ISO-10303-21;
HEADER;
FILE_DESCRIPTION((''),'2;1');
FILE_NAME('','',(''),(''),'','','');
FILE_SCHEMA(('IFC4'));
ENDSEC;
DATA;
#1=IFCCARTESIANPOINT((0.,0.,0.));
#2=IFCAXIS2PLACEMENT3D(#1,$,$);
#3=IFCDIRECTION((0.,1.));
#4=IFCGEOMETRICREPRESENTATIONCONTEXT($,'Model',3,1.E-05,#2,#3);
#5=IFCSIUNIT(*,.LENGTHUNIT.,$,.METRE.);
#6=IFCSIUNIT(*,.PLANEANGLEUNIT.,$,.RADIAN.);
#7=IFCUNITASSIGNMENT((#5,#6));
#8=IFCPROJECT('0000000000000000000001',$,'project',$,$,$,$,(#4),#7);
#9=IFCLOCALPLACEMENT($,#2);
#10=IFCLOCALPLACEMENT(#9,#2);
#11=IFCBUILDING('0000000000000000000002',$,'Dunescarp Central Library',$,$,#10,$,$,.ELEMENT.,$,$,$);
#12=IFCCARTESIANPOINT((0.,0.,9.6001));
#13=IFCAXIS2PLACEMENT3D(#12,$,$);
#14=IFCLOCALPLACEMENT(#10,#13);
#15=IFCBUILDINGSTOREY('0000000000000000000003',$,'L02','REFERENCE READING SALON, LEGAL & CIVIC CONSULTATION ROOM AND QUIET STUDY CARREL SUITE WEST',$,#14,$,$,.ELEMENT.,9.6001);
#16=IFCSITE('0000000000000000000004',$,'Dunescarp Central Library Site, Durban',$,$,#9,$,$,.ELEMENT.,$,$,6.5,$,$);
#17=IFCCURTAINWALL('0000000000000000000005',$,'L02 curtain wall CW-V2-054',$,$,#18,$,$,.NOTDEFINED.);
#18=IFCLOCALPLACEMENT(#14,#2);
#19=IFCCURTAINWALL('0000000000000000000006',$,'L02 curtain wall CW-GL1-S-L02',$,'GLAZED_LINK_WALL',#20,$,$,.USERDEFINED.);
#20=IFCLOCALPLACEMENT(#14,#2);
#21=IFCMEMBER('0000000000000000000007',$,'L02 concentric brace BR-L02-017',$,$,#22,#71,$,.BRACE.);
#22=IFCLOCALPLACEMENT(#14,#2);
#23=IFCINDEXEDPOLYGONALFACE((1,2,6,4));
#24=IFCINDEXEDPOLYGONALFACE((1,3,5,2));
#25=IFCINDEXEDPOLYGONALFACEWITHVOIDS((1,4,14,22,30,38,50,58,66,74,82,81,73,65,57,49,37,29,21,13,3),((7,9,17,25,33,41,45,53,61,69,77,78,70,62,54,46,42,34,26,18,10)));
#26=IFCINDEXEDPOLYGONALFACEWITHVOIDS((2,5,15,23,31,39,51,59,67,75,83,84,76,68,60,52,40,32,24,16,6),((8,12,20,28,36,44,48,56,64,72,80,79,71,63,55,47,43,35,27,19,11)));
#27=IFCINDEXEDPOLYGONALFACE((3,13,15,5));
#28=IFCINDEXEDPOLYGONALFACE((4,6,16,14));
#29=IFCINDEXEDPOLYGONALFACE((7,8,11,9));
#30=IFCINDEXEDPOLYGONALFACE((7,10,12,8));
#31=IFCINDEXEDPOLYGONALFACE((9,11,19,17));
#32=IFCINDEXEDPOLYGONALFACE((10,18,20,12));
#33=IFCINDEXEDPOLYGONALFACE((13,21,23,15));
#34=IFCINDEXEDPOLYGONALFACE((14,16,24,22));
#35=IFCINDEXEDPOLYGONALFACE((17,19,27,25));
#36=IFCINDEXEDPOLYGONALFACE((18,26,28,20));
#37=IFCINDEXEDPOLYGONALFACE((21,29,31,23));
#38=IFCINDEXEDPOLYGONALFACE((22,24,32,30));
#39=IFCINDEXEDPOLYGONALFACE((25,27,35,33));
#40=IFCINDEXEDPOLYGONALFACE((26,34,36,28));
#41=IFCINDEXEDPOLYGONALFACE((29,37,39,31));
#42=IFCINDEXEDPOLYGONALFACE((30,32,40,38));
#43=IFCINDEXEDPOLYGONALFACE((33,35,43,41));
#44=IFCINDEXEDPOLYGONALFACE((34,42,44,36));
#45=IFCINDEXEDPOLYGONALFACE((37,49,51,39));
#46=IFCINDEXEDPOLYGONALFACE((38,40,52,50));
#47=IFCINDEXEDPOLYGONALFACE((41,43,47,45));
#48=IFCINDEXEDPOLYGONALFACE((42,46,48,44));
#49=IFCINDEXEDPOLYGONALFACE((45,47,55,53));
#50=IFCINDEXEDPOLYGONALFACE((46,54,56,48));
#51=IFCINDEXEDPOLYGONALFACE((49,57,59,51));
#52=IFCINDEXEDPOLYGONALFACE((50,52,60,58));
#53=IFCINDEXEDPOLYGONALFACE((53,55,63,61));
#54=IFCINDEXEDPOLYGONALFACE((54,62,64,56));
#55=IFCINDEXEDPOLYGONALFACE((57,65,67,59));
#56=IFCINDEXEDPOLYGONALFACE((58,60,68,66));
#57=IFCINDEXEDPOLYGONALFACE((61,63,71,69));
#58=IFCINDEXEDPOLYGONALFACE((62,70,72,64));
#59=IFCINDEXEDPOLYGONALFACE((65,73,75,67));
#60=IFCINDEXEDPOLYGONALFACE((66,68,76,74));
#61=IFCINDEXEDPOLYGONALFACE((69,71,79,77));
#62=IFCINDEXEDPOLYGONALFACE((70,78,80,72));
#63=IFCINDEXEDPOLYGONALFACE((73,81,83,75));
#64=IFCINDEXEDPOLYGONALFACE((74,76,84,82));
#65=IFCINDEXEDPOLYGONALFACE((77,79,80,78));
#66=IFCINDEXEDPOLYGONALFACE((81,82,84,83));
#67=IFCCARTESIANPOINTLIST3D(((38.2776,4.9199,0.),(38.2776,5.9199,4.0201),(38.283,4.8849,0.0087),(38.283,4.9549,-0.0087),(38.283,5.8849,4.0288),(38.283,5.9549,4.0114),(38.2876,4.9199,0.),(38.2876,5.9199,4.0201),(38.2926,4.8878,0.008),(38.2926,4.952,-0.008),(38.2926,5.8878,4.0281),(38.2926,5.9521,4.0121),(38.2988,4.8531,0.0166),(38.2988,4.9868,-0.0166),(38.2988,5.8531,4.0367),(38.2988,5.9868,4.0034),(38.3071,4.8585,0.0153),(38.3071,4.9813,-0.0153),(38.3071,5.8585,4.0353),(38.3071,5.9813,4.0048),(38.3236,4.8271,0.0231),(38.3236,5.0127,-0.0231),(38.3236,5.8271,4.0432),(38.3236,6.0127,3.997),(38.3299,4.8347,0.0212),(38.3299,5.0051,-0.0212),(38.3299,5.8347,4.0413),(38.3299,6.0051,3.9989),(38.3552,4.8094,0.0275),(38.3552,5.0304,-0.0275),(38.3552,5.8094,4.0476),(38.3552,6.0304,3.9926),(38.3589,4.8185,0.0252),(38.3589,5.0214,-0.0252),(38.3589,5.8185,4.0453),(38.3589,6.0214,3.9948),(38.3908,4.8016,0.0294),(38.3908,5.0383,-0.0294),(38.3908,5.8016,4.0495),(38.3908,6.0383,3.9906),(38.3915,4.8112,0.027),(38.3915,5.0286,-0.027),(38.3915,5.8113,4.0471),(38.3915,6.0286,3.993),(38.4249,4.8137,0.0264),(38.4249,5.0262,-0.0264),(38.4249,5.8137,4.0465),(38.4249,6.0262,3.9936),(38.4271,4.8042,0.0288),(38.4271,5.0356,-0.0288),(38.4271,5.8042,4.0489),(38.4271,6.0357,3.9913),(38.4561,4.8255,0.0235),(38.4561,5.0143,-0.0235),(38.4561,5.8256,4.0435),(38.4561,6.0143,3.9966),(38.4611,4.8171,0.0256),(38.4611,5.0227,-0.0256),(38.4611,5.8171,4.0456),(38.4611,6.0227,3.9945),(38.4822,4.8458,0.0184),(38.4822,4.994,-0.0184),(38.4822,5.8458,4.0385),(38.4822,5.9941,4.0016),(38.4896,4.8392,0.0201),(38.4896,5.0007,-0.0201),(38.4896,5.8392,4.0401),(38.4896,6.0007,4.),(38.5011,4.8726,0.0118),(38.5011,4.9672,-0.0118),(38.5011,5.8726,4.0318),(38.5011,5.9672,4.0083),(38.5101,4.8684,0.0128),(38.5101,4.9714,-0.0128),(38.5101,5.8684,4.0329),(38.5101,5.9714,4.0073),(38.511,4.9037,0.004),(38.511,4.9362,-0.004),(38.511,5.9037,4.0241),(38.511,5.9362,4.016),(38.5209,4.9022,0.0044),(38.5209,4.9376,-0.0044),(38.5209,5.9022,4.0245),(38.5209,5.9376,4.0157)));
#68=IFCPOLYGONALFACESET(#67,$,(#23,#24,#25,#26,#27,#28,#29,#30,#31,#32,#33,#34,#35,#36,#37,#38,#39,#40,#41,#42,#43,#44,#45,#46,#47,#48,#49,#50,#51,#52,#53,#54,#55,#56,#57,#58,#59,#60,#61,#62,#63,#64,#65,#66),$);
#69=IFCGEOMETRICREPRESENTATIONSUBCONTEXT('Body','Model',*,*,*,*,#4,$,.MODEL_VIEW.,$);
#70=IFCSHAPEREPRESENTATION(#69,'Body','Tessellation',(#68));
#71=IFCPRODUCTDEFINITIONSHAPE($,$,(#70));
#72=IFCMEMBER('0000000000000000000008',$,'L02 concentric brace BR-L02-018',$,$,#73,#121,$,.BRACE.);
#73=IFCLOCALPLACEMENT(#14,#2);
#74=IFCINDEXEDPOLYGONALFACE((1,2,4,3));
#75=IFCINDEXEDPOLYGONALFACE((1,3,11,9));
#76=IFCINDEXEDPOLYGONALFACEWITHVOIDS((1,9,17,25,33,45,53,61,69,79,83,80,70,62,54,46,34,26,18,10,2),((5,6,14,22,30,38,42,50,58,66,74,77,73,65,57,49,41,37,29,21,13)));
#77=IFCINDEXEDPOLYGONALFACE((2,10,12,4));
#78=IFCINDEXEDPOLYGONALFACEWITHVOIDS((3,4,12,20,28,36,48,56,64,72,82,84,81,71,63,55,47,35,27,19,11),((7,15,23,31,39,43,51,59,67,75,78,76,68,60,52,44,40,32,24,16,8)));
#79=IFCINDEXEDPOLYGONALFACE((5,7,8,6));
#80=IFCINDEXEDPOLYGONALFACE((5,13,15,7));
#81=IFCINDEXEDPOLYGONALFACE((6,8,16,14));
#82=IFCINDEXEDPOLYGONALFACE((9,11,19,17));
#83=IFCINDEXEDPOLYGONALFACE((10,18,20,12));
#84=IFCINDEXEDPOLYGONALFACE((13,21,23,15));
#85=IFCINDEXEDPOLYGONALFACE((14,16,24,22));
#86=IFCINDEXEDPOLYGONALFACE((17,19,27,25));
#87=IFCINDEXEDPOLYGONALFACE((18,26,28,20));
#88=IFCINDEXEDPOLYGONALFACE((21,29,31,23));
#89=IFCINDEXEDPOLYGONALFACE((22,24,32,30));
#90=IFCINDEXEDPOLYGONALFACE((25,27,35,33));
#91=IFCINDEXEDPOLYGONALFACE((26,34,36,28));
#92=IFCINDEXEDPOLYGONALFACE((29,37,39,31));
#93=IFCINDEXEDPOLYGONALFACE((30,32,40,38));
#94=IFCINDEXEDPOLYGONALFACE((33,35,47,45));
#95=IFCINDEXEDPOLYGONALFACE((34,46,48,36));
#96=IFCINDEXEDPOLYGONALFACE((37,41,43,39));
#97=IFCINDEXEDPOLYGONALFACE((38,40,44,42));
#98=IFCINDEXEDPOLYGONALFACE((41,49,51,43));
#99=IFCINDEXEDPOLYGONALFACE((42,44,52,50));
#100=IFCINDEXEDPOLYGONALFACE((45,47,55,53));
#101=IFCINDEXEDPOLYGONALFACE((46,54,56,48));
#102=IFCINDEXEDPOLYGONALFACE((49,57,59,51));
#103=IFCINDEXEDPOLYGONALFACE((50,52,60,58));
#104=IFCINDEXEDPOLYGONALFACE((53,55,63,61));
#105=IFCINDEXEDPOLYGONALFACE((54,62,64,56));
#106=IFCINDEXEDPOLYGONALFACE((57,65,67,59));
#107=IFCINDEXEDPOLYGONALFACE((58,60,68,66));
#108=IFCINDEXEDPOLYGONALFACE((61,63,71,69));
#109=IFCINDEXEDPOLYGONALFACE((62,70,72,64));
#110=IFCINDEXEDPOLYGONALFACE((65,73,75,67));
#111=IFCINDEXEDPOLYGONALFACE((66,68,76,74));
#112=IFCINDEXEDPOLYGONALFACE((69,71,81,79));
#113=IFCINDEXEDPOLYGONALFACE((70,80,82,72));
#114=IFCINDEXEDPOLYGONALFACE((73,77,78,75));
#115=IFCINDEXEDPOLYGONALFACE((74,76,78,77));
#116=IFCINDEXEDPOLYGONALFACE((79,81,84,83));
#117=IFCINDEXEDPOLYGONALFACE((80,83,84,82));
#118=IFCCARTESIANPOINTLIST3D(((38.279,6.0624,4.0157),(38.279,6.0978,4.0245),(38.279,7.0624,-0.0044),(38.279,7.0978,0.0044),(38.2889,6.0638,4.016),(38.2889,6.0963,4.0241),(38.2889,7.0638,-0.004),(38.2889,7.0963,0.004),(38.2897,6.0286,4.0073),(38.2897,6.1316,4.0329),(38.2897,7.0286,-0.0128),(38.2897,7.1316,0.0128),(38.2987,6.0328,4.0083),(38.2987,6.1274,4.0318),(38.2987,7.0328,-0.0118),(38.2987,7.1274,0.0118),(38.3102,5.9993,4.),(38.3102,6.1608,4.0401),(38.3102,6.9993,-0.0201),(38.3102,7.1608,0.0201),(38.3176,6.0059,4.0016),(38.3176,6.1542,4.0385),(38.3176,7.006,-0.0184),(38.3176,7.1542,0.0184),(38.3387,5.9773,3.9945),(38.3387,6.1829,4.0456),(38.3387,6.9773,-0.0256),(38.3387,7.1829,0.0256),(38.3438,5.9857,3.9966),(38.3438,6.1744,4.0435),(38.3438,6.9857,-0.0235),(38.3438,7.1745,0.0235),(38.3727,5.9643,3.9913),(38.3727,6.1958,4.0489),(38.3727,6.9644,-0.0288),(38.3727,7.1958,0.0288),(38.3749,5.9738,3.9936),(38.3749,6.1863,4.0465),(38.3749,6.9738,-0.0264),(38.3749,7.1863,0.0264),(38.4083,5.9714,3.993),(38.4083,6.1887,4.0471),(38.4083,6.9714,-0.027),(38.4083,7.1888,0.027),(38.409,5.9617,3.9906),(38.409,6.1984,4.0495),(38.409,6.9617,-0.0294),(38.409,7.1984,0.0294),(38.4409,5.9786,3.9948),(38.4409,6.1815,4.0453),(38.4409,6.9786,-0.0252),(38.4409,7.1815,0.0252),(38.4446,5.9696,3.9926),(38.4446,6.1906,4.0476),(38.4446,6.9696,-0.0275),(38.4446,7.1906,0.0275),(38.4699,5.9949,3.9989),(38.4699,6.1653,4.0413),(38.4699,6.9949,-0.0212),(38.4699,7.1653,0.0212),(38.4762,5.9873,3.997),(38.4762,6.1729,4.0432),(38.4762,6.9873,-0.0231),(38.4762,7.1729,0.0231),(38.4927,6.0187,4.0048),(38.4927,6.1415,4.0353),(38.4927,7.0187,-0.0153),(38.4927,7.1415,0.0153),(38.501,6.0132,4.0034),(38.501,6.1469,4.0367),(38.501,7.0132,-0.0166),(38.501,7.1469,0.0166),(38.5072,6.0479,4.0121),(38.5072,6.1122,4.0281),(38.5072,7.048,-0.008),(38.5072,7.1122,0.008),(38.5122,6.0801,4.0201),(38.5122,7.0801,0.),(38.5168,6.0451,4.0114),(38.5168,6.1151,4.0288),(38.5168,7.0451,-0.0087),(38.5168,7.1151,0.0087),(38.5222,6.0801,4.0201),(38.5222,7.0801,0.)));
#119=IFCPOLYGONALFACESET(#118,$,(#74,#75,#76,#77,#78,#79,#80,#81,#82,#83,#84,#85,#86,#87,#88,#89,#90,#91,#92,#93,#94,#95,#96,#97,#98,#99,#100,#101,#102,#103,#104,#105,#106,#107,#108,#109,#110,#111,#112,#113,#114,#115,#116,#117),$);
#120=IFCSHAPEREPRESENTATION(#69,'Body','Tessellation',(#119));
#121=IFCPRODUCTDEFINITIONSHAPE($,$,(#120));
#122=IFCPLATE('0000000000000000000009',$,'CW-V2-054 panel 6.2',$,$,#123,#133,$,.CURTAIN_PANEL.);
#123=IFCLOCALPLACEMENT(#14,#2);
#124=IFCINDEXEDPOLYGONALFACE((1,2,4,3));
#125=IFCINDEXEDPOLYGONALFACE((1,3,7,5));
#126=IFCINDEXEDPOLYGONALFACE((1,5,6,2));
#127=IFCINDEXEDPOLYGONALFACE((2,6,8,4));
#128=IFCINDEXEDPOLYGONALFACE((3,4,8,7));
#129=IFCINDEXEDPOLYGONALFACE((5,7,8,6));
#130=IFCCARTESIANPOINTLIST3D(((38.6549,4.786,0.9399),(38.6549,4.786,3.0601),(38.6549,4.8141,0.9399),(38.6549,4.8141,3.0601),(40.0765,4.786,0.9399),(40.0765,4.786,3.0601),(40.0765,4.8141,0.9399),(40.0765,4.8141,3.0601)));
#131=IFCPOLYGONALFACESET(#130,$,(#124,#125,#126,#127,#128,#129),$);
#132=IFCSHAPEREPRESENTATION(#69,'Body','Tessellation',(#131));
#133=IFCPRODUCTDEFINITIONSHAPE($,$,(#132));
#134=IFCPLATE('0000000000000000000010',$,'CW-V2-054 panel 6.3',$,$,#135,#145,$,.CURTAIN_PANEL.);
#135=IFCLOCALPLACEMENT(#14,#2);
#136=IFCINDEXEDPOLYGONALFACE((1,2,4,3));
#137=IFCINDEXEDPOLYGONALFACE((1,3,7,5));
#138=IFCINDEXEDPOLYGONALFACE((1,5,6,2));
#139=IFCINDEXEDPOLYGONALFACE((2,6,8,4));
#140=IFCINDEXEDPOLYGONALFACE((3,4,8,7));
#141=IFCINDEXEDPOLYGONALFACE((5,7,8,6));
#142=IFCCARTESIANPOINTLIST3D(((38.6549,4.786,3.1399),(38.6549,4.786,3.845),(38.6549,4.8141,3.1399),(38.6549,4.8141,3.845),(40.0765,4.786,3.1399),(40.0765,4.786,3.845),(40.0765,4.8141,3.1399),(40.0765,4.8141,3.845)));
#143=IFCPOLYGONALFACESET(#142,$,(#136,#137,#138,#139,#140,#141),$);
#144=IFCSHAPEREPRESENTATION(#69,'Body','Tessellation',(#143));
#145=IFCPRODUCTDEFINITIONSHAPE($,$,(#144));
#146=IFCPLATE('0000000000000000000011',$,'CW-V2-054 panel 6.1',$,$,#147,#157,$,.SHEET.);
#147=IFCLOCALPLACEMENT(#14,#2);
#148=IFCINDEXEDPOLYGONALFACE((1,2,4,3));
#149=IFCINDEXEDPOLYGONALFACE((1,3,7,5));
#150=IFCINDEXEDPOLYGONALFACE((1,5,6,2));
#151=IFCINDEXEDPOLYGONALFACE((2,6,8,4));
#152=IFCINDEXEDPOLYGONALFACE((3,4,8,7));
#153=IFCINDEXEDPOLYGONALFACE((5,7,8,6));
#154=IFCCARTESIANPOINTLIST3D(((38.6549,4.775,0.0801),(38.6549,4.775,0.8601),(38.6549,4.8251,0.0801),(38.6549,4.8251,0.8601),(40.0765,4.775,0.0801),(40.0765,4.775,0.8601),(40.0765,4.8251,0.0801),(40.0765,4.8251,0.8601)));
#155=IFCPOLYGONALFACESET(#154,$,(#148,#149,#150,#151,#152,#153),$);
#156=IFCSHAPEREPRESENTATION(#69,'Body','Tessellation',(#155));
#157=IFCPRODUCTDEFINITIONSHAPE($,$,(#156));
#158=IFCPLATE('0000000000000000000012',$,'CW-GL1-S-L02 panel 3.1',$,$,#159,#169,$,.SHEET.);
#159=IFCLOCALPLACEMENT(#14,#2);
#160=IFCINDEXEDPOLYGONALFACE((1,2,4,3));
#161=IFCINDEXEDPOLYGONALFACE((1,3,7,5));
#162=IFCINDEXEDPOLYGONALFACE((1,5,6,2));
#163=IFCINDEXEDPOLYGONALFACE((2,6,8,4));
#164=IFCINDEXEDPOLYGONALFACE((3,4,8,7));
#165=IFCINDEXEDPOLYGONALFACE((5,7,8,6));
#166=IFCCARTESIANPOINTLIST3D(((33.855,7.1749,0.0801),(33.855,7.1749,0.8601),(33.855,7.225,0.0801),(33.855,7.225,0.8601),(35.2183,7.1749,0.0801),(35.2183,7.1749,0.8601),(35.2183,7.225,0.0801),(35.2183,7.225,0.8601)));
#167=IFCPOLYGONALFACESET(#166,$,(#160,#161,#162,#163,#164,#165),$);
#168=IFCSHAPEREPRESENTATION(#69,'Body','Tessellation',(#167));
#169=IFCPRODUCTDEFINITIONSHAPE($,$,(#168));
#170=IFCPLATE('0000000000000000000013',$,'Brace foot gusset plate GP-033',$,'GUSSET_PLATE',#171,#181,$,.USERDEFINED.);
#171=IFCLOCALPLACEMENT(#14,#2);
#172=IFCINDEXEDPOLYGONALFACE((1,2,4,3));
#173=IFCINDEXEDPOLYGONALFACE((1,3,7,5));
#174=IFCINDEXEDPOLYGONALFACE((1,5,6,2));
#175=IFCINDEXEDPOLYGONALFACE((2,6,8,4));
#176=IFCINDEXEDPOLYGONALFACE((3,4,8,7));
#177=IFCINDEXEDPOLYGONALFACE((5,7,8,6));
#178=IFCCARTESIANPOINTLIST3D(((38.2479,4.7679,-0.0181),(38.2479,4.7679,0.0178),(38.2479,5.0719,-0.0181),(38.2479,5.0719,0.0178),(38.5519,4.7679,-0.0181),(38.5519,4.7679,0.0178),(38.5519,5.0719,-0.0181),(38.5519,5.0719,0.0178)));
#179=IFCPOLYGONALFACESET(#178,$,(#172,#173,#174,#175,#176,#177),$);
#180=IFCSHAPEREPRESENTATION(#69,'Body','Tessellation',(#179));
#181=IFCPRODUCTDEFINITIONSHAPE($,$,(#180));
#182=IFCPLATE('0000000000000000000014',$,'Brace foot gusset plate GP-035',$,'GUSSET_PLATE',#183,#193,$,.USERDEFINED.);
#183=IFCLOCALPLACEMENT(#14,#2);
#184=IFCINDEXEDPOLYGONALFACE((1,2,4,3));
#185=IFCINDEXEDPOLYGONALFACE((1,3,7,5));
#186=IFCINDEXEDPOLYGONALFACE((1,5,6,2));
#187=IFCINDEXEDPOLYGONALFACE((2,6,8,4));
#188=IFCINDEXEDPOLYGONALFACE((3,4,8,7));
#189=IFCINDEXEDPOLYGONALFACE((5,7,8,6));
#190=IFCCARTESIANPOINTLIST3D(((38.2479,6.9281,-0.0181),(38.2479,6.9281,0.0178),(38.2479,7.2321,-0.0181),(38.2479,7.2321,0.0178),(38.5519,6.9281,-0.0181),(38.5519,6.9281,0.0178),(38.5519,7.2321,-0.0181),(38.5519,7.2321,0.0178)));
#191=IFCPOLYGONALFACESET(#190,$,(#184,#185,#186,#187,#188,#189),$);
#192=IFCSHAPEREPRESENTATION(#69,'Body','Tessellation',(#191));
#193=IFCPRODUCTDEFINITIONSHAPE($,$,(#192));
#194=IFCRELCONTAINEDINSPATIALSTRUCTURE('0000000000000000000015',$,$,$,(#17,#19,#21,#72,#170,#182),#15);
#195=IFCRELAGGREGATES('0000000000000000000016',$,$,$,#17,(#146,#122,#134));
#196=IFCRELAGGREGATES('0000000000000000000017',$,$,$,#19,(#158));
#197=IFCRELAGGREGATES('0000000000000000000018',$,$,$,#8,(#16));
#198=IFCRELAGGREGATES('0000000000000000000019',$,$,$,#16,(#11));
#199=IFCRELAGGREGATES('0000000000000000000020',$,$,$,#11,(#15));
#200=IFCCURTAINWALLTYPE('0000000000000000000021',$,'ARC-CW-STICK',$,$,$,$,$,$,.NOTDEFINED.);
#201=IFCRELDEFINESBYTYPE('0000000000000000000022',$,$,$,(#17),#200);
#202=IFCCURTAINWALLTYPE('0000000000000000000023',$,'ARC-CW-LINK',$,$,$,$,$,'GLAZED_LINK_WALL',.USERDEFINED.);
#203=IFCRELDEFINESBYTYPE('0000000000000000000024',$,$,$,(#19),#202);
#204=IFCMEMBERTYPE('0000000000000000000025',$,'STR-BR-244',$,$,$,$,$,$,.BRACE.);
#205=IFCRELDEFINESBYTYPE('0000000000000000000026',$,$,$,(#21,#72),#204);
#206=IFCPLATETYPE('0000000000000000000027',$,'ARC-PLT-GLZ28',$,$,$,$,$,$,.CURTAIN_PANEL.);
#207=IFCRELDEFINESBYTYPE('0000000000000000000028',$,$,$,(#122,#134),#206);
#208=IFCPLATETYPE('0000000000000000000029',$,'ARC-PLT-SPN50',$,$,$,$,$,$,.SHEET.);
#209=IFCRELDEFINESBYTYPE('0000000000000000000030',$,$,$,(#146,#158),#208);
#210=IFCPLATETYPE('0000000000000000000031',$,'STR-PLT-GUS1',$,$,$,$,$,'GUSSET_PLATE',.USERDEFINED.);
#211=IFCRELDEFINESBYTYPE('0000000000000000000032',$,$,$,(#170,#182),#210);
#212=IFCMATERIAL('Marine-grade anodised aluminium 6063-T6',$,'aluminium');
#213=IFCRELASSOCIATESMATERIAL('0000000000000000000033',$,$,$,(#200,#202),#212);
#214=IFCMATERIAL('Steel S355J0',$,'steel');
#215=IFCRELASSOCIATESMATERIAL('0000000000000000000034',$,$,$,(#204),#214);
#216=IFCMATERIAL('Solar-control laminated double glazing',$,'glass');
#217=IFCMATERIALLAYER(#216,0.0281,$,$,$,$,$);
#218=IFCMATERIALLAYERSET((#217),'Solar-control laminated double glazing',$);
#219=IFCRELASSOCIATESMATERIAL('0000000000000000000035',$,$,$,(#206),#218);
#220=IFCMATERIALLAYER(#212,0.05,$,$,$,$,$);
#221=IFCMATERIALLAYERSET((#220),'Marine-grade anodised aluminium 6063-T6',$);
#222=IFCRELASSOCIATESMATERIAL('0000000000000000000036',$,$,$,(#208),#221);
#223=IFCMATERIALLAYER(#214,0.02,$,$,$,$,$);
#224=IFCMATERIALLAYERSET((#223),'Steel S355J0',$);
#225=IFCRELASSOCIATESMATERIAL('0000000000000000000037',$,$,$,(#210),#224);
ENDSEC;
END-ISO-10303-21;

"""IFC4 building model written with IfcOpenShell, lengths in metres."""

from ifc_helpers import new_model, si_unit, direction, frame, origin, origin_2d, place, context, subcontext, project, spatial, rectangle, hollow_circle, extrude, material, layer, layer_set, material_profile, profile_set, type_object, element, aggregate, save


model = new_model("IFC4")

# Units and contexts
model_context = context("Model", 3, precision=1e-05, world=origin(), true_north=direction((0.0, 1.0)))
body_context = subcontext(model_context, "Body", "Model", "MODEL_VIEW")
ifc_project = project(units=[si_unit("LENGTHUNIT", "METRE"), si_unit("PLANEANGLEUNIT", "RADIAN")], contexts=[model_context])

# Site, building, storey
site_placement = place(None, origin())
site = spatial("IfcSite", under=ifc_project, at=site_placement, Name="Dunescarp Central Library Site, Durban", CompositionType="ELEMENT", RefElevation=6.5)
building_placement = place(site_placement, origin())
building = spatial("IfcBuilding", under=site, at=building_placement, Name="Dunescarp Central Library", CompositionType="ELEMENT")
storey_placement = place(building_placement, frame((0.0, 0.0, 9.6001)))
storey = spatial("IfcBuildingStorey", under=building, at=storey_placement, Name="L02", Description="REFERENCE READING SALON, LEGAL & CIVIC CONSULTATION ROOM AND QUIET STUDY CARREL SUITE WEST", CompositionType="ELEMENT", Elevation=9.6001)

# Curtain walls
ifc_material_1 = material(Name="Marine-grade anodised aluminium 6063-T6", Category="aluminium")
curtain_wall_type_1 = type_object("IfcCurtainWallType", Name="ARC-CW-STICK", PredefinedType="NOTDEFINED", material=ifc_material_1)
curtain_wall_1_placement = place(storey_placement, origin())
curtain_wall_1 = element("IfcCurtainWall", 1, at=curtain_wall_1_placement, inside=storey, type_object=curtain_wall_type_1, Name="L02 curtain wall CW-V2-054", PredefinedType="NOTDEFINED")
curtain_wall_type_2 = type_object("IfcCurtainWallType", Name="ARC-CW-LINK", ElementType="GLAZED_LINK_WALL", PredefinedType="USERDEFINED", material=ifc_material_1)
curtain_wall_2_placement = place(storey_placement, origin())
curtain_wall_2 = element("IfcCurtainWall", 2, at=curtain_wall_2_placement, inside=storey, type_object=curtain_wall_type_2, Name="L02 curtain wall CW-GL1-S-L02", ObjectType="GLAZED_LINK_WALL", PredefinedType="USERDEFINED")

# Members
ifc_material_2 = material(Name="Steel S355J0", Category="steel")
ifc_material_profile_1 = material_profile(ifc_material_2, hollow_circle(Radius=0.1223, WallThickness=0.01, at=origin_2d()), Name="CHS 244.5x10")
ifc_profile_set_1 = profile_set([ifc_material_profile_1], Name="Steel S355J0")
member_type_1 = type_object("IfcMemberType", Name="STR-BR-244", PredefinedType="BRACE", material=ifc_profile_set_1)
for number, where, z_axis, x_axis, name in (
    (3, (38.3999, 4.9199, 0.0), (0.0, 0.241398, 0.970426), (-1.0, 0.0, 0.0), "L02 concentric brace BR-L02-017"),
    (4, (38.3999, 7.0801, 0.0), (0.0, -0.241398, 0.970426), (1.0, 0.0, 0.0), "L02 concentric brace BR-L02-018"),
):
    element("IfcMember", number, at=place(storey_placement, frame(where, z_axis=z_axis, x_axis=x_axis)), inside=storey, type_object=member_type_1, Name=name, PredefinedType="BRACE", context=body_context, shape_type="SweptSolid", body=[
        extrude(hollow_circle(Radius=0.1223, WallThickness=0.01, at=origin_2d()), origin(), (0.0, 0.0, 1.0), 4.1426),
    ])

# Plates
ifc_material_3 = material(Name="Solar-control laminated double glazing", Category="glass")
ifc_layer_1 = layer(ifc_material_3, 0.0281)
ifc_layer_set_1 = layer_set([ifc_layer_1], Name="Solar-control laminated double glazing")
plate_type_1 = type_object("IfcPlateType", Name="ARC-PLT-GLZ28", PredefinedType="CURTAIN_PANEL", material=ifc_layer_set_1)
plate_1_placement = place(storey_placement, frame((39.3657, 4.8, 0.9399), z_axis=(0.0, 0.0, 1.0), x_axis=(-1.0, 0.0, 0.0)))
plate_1 = element("IfcPlate", 5, at=plate_1_placement, type_object=plate_type_1, Name="CW-V2-054 panel 6.2", PredefinedType="CURTAIN_PANEL", context=body_context, shape_type="SweptSolid", body=[
    extrude(rectangle(XDim=1.4216, YDim=0.0281, at=origin_2d()), origin(), (0.0, 0.0, 1.0), 2.1201),
])
plate_2_placement = place(storey_placement, frame((39.3657, 4.8, 3.1399), z_axis=(0.0, 0.0, 1.0), x_axis=(-1.0, 0.0, 0.0)))
plate_2 = element("IfcPlate", 6, at=plate_2_placement, type_object=plate_type_1, Name="CW-V2-054 panel 6.3", PredefinedType="CURTAIN_PANEL", context=body_context, shape_type="SweptSolid", body=[
    extrude(rectangle(XDim=1.4216, YDim=0.0281, at=origin_2d()), origin(), (0.0, 0.0, 1.0), 0.7051),
])
ifc_layer_2 = layer(ifc_material_1, 0.05)
ifc_layer_set_2 = layer_set([ifc_layer_2], Name="Marine-grade anodised aluminium 6063-T6")
plate_type_2 = type_object("IfcPlateType", Name="ARC-PLT-SPN50", PredefinedType="SHEET", material=ifc_layer_set_2)
plate_3_placement = place(storey_placement, frame((39.3657, 4.8, 0.0801), z_axis=(0.0, 0.0, 1.0), x_axis=(-1.0, 0.0, 0.0)))
plate_3 = element("IfcPlate", 7, at=plate_3_placement, type_object=plate_type_2, Name="CW-V2-054 panel 6.1", PredefinedType="SHEET", context=body_context, shape_type="SweptSolid", body=[
    extrude(rectangle(XDim=1.4216, YDim=0.05, at=origin_2d()), origin(), (0.0, 0.0, 1.0), 0.78),
])
aggregate(curtain_wall_1, [plate_3, plate_1, plate_2])
plate_4_placement = place(storey_placement, frame((34.5366, 7.2, 0.0801), z_axis=(0.0, 0.0, 1.0), x_axis=(-1.0, 0.0, 0.0)))
plate_4 = element("IfcPlate", 8, at=plate_4_placement, type_object=plate_type_2, Name="CW-GL1-S-L02 panel 3.1", PredefinedType="SHEET", context=body_context, shape_type="SweptSolid", body=[
    extrude(rectangle(XDim=1.3633, YDim=0.05, at=origin_2d()), origin(), (0.0, 0.0, 1.0), 0.78),
])
aggregate(curtain_wall_2, [plate_4])

# Plates
ifc_layer_3 = layer(ifc_material_2, 0.02)
ifc_layer_set_3 = layer_set([ifc_layer_3], Name="Steel S355J0")
plate_type_3 = type_object("IfcPlateType", Name="STR-PLT-GUS1", ElementType="GUSSET_PLATE", PredefinedType="USERDEFINED", material=ifc_layer_set_3)
for number, where, z_axis, x_axis, name in (
    (9, (38.3999, 4.9199, -0.0181), (0.0, 0.0, 1.0), (1.0, 0.0, 0.0), "Brace foot gusset plate GP-033"),
    (10, (38.3999, 7.0801, -0.0181), (0.0, 0.0, 1.0), (1.0, 0.0, 0.0), "Brace foot gusset plate GP-035"),
):
    element("IfcPlate", number, at=place(storey_placement, frame(where, z_axis=z_axis, x_axis=x_axis)), inside=storey, type_object=plate_type_3, Name=name, ObjectType="GUSSET_PLATE", PredefinedType="USERDEFINED", context=body_context, shape_type="SweptSolid", body=[
        extrude(rectangle(XDim=0.304, YDim=0.304, at=origin_2d()), origin(), (0.0, 0.0, 1.0), 0.0359),
    ])

save(model, "model.ifc")
